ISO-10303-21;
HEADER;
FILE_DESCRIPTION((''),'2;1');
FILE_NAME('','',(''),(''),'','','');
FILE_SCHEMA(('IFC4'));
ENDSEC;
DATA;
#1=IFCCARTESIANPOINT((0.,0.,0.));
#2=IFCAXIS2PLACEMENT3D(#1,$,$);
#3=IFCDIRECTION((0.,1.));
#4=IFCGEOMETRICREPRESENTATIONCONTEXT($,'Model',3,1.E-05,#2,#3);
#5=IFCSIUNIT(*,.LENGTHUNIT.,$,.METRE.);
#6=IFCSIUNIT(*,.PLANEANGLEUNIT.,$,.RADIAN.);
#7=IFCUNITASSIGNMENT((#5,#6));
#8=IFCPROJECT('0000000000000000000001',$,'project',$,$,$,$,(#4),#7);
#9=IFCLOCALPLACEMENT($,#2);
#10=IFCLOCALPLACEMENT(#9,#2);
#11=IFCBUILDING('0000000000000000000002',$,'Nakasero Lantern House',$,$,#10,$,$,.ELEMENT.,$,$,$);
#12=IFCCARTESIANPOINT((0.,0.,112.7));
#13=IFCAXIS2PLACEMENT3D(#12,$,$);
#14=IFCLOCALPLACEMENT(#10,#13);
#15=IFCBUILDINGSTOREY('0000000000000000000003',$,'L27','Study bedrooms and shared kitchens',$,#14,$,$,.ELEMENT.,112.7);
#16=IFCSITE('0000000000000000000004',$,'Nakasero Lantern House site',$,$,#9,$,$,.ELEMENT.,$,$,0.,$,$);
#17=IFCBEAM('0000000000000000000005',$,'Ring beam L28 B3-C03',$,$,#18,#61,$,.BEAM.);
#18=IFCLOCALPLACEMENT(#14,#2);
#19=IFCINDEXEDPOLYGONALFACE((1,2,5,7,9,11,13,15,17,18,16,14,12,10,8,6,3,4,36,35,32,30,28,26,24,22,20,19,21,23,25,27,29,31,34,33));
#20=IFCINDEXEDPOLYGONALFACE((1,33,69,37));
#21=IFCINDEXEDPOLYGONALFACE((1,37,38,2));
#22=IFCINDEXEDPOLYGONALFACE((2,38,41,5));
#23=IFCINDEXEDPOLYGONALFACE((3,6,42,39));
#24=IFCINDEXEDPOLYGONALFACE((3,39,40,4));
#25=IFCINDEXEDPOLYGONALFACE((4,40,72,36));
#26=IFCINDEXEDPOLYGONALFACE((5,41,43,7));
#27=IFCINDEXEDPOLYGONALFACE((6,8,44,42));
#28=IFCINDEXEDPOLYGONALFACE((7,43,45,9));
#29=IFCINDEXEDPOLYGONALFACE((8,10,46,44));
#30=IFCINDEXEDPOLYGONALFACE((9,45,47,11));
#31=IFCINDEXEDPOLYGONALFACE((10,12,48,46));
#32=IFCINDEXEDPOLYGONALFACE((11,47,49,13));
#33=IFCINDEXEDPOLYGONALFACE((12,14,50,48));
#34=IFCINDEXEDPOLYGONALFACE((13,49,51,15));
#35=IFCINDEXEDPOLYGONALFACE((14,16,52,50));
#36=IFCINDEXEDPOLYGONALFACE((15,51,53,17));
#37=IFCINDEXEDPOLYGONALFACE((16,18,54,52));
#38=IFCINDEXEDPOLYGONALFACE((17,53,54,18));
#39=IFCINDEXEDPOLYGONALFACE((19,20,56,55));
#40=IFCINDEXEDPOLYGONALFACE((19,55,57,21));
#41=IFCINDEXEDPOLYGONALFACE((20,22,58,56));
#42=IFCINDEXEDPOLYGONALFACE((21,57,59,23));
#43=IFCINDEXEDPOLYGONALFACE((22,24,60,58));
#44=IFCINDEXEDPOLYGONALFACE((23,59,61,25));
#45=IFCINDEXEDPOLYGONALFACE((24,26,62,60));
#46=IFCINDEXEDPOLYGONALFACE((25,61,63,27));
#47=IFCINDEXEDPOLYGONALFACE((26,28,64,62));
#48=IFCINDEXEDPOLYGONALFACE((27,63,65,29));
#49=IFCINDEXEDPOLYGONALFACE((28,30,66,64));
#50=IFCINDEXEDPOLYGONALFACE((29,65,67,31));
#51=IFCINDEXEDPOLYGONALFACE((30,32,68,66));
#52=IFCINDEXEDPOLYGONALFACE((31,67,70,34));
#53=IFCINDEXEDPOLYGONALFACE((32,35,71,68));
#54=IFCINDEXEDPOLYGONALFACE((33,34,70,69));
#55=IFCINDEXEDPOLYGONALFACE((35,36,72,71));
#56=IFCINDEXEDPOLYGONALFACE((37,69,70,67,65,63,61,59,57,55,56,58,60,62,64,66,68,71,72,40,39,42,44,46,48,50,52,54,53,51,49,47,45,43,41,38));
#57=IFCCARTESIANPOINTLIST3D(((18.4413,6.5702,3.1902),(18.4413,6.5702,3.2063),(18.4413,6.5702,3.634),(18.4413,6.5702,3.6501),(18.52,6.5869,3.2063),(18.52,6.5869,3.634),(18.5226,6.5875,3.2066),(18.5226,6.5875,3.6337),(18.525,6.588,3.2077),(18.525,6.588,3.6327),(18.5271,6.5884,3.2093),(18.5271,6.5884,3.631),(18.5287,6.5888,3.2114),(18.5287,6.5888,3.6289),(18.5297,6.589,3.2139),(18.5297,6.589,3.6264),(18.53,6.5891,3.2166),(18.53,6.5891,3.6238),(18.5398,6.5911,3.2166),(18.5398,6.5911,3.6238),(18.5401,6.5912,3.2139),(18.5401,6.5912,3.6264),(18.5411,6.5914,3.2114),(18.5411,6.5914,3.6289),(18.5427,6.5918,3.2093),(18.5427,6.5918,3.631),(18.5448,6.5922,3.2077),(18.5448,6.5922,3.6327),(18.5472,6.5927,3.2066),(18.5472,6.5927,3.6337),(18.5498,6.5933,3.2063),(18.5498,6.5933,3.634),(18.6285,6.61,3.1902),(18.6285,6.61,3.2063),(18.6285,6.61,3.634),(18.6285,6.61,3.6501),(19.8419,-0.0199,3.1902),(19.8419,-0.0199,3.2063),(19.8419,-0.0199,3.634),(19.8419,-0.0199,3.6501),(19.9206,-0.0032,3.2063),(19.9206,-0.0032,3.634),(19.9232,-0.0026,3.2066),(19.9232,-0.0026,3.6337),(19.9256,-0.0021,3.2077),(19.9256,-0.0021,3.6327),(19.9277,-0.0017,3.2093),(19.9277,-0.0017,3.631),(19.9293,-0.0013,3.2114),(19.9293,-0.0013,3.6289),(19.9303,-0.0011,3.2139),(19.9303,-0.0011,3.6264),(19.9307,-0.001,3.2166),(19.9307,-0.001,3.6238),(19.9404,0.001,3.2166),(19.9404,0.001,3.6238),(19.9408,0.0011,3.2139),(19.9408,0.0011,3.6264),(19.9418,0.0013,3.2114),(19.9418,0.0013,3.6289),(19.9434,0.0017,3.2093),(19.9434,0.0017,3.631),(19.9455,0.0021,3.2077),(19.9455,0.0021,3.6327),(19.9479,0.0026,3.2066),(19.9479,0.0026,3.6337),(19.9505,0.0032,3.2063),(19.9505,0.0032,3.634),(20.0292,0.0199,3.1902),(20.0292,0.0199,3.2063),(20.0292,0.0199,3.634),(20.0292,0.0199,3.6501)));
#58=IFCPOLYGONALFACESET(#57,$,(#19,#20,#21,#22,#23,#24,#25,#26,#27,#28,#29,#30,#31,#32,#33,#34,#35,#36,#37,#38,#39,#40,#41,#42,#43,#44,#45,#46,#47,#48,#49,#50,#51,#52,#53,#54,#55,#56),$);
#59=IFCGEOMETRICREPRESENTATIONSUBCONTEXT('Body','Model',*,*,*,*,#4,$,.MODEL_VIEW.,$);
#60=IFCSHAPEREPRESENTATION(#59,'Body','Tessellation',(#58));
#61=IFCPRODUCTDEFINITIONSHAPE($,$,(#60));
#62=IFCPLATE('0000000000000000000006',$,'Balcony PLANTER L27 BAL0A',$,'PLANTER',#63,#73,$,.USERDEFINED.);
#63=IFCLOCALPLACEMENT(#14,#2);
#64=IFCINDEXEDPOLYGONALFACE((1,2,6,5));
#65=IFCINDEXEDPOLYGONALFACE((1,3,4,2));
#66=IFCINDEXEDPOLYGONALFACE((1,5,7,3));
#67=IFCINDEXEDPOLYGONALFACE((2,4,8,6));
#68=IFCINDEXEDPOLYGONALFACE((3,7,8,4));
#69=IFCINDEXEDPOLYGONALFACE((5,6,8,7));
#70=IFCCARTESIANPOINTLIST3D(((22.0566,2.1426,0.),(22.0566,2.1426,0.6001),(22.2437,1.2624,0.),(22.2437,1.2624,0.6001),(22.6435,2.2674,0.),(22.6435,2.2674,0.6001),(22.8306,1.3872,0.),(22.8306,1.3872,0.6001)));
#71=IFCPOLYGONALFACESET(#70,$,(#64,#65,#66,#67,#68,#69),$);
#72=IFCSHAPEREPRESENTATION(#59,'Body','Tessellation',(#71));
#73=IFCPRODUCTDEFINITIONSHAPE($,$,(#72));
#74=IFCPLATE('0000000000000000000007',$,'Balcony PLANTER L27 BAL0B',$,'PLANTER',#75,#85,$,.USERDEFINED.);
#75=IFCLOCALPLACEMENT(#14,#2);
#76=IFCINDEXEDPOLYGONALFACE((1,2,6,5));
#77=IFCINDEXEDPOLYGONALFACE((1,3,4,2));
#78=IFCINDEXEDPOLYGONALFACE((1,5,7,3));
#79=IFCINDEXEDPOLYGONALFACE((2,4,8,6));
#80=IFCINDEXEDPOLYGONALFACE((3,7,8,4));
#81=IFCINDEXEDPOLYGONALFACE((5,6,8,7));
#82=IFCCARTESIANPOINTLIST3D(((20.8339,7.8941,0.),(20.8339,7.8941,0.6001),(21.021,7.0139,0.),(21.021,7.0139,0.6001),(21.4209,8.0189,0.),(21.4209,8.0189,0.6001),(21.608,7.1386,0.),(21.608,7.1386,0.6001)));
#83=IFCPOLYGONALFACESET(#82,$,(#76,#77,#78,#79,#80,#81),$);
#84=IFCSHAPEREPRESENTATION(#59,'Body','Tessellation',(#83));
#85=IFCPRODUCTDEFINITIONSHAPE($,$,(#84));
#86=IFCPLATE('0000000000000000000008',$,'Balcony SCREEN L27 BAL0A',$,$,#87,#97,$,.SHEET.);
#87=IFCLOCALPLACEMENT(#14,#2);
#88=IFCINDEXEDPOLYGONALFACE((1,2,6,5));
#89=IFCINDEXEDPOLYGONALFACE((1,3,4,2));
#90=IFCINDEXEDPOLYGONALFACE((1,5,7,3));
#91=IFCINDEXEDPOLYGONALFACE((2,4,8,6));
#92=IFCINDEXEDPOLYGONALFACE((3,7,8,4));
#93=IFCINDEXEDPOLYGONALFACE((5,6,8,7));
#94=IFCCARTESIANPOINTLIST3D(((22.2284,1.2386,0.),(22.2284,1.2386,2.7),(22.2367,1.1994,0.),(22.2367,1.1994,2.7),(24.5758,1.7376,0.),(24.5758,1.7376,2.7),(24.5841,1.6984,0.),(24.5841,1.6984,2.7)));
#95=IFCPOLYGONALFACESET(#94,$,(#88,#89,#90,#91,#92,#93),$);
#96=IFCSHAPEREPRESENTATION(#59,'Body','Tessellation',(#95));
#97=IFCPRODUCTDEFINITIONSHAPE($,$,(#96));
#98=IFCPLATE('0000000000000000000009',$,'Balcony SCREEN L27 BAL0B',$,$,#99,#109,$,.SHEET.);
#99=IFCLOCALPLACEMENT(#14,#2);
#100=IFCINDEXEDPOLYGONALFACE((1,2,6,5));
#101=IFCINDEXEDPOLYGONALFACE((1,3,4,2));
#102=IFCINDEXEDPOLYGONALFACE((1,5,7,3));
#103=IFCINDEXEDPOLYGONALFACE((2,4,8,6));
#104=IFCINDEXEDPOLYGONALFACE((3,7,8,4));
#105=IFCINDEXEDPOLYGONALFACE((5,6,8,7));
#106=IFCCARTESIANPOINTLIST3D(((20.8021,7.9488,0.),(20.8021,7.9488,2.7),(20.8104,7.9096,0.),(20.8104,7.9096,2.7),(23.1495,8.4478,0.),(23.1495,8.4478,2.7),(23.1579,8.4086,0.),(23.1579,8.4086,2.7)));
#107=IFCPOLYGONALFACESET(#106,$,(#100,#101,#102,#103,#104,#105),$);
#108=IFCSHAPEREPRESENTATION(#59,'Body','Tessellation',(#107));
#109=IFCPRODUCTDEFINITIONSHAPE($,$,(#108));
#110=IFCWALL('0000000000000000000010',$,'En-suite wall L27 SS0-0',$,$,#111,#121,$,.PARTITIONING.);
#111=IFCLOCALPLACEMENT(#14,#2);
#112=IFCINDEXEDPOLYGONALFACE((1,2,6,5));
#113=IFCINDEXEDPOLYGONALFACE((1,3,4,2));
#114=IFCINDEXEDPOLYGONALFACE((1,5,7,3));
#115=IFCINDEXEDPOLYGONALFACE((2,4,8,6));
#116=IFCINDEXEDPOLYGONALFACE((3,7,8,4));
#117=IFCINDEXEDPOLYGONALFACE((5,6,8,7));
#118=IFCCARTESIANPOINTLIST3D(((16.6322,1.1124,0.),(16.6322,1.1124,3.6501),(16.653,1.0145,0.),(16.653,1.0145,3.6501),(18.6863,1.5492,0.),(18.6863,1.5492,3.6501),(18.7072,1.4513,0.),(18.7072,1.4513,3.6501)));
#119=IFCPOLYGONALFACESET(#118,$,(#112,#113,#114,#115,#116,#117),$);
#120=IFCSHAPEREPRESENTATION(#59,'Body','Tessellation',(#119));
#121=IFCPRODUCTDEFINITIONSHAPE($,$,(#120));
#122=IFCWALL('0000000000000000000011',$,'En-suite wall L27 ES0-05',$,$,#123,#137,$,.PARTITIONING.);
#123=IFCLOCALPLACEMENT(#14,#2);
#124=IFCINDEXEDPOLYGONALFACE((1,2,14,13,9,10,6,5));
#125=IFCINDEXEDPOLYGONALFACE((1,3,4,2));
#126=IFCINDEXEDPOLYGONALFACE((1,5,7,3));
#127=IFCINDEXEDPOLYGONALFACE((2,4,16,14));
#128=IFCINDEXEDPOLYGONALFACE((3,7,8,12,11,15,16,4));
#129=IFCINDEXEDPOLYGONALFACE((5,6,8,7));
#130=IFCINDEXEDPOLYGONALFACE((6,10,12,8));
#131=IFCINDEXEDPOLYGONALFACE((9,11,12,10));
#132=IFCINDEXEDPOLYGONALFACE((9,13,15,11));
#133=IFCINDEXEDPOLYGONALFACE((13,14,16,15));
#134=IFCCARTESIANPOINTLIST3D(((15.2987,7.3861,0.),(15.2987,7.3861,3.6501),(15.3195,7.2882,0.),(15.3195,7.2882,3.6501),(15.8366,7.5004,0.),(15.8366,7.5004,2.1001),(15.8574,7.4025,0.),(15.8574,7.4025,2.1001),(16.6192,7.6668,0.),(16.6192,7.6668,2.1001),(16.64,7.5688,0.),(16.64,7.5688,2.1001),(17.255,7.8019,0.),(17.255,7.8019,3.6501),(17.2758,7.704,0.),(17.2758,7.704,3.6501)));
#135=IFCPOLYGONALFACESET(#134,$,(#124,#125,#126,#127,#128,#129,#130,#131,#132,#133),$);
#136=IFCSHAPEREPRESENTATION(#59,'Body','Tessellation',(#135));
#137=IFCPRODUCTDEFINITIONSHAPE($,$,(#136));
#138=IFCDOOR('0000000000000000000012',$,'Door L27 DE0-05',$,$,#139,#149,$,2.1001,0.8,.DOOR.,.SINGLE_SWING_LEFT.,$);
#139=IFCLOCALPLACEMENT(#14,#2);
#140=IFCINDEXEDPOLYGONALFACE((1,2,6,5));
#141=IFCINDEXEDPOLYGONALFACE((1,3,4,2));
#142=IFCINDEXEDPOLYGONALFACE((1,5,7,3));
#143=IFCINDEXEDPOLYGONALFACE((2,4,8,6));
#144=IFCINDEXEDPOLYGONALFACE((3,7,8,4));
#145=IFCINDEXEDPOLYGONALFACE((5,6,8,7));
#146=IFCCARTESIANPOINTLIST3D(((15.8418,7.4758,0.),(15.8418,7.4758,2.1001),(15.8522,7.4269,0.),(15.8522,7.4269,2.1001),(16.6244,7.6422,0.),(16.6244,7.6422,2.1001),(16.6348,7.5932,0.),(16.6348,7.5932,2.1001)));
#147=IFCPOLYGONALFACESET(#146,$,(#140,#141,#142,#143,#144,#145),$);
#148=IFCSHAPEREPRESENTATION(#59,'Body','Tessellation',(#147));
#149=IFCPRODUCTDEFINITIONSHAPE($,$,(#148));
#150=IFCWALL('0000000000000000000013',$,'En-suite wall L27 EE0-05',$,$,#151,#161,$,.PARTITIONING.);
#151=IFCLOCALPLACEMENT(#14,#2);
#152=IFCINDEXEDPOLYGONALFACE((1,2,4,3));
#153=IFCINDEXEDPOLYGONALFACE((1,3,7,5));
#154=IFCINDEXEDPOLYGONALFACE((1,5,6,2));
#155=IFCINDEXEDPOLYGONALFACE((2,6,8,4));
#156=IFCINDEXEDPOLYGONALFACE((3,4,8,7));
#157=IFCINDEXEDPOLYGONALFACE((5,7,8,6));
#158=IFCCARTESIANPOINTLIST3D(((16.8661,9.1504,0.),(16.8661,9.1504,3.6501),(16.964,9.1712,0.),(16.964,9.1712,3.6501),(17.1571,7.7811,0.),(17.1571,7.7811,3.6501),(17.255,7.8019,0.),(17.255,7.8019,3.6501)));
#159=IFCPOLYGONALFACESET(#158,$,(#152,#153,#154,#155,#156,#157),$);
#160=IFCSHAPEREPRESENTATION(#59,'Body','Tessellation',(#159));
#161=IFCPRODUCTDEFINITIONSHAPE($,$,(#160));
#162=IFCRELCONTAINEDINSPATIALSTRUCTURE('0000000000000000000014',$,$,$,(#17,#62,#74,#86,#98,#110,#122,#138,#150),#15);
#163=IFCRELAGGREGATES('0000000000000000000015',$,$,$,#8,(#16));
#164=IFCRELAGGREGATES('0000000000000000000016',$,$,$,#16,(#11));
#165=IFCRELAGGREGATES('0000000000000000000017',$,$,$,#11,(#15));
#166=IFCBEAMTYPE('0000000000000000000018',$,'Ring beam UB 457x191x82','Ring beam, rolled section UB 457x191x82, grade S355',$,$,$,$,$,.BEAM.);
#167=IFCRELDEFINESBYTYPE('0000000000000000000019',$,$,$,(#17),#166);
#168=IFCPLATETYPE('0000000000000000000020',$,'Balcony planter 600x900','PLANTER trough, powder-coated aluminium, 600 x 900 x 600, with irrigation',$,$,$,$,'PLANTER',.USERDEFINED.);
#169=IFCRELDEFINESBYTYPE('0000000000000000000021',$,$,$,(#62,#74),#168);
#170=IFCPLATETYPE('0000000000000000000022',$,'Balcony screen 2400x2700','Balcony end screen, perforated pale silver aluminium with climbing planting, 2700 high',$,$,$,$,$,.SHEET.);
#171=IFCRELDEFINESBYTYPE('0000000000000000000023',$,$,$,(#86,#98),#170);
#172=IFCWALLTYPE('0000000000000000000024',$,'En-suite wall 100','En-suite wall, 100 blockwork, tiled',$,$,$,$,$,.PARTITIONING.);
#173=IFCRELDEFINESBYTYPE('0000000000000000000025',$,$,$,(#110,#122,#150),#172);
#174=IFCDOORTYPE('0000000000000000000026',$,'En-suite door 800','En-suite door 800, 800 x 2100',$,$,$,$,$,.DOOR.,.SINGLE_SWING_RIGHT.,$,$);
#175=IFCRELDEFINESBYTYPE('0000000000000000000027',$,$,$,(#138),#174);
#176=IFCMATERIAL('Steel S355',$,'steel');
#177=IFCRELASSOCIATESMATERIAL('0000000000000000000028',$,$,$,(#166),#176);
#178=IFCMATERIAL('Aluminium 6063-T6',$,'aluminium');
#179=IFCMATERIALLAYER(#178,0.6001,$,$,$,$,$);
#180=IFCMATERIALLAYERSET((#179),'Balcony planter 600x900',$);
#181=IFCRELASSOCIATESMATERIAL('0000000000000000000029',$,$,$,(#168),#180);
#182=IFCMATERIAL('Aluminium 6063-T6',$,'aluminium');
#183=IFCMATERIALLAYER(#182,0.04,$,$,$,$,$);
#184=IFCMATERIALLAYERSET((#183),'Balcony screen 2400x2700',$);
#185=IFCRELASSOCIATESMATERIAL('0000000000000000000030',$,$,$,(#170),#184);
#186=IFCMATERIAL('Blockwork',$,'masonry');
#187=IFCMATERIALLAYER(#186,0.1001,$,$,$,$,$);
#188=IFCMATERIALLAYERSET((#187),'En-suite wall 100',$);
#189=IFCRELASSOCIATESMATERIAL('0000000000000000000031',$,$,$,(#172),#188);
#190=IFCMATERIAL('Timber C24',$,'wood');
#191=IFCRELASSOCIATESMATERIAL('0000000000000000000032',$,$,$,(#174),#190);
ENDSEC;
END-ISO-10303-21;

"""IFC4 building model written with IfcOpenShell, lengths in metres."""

from ifc_helpers import new_model, si_unit, direction, frame, frame_2d, origin, origin_2d, place, context, subcontext, project, spatial, rectangle, i_section, extrude, material, layer, layer_set, material_profile, profile_set, type_object, element, fill, save


model = new_model("IFC4")

# Units and contexts
model_context = context("Model", 3, precision=1e-05, world=origin(), true_north=direction((0.0, 1.0)))
body_context = subcontext(model_context, "Body", "Model", "MODEL_VIEW")
ifc_project = project(units=[si_unit("LENGTHUNIT", "METRE"), si_unit("PLANEANGLEUNIT", "RADIAN")], contexts=[model_context])

# Site, building, storey
site_placement = place(None, origin())
site = spatial("IfcSite", under=ifc_project, at=site_placement, Name="Nakasero Lantern House site", CompositionType="ELEMENT", RefElevation=0.0)
building_placement = place(site_placement, origin())
building = spatial("IfcBuilding", under=site, at=building_placement, Name="Nakasero Lantern House", CompositionType="ELEMENT")
storey_placement = place(building_placement, frame((0.0, 0.0, 112.7)))
storey = spatial("IfcBuildingStorey", under=building, at=storey_placement, Name="L27", Description="Study bedrooms and shared kitchens", CompositionType="ELEMENT", Elevation=112.7)

# Beam
ifc_material_1 = material(Name="Steel S355", Category="steel")
ifc_material_profile_1 = material_profile(ifc_material_1, i_section(OverallWidth=0.1914, OverallDepth=0.46, WebThickness=0.01, FlangeThickness=0.0161, FilletRadius=0.0103, at=origin_2d()), Name="UB 457x191x82")
ifc_profile_set_1 = profile_set([ifc_material_profile_1], Name="Steel S355")
beam_type_1 = type_object("IfcBeamType", Name="Ring beam UB 457x191x82", Description="Ring beam, rolled section UB 457x191x82, grade S355", PredefinedType="BEAM", material=ifc_profile_set_1)
beam_1_placement = place(storey_placement, frame((19.9355, 0.0, 3.4202), z_axis=(-0.207893, 0.978152, 0.0), x_axis=(-0.978152, -0.207893, 0.0)))
element("IfcBeam", 1, at=beam_1_placement, inside=storey, type_object=beam_type_1, Name="Ring beam L28 B3-C03", PredefinedType="BEAM", context=body_context, shape_type="SweptSolid", body=[
    extrude(i_section(OverallWidth=0.1914, OverallDepth=0.46, WebThickness=0.01, FlangeThickness=0.0161, FilletRadius=0.0103, at=origin_2d()), origin(), (0.0, 0.0, 1.0), 6.7373),
])

# Plates
ifc_material_2 = material(Name="Aluminium 6063-T6", Category="aluminium")
ifc_layer_1 = layer(ifc_material_2, 0.6001)
ifc_layer_set_1 = layer_set([ifc_layer_1], Name="Balcony planter 600x900")
plate_type_1 = type_object("IfcPlateType", Name="Balcony planter 600x900", Description="PLANTER trough, powder-coated aluminium, 600 x 900 x 600, with irrigation", ElementType="PLANTER", PredefinedType="USERDEFINED", material=ifc_layer_set_1)
for number, where, z_axis, x_axis, name in (
    (2, (22.4436, 1.7649, 0.0), (0.0, 0.0, 1.0), (0.978148, 0.207912, 0.0), "Balcony PLANTER L27 BAL0A"),
    (3, (21.2209, 7.5164, 0.0), (0.0, 0.0, 1.0), (0.978148, 0.207912, 0.0), "Balcony PLANTER L27 BAL0B"),
):
    element("IfcPlate", number, at=place(storey_placement, frame(where, z_axis=z_axis, x_axis=x_axis)), inside=storey, type_object=plate_type_1, Name=name, ObjectType="PLANTER", PredefinedType="USERDEFINED", context=body_context, shape_type="SweptSolid", body=[
        extrude(rectangle(XDim=0.6001, YDim=0.8999, at=origin_2d()), origin(), (0.0, 0.0, 1.0), 0.6001),
    ])
ifc_material_3 = material(Name="Aluminium 6063-T6", Category="aluminium")
ifc_layer_2 = layer(ifc_material_3, 0.04)
ifc_layer_set_2 = layer_set([ifc_layer_2], Name="Balcony screen 2400x2700")
plate_type_2 = type_object("IfcPlateType", Name="Balcony screen 2400x2700", Description="Balcony end screen, perforated pale silver aluminium with climbing planting, 2700 high", PredefinedType="SHEET", material=ifc_layer_set_2)
for number, where, z_axis, x_axis, name in (
    (4, (23.4062, 1.4685, 0.0), (0.0, 0.0, 1.0), (0.978148, 0.207912, 0.0), "Balcony SCREEN L27 BAL0A"),
    (5, (21.98, 8.1787, 0.0), (0.0, 0.0, 1.0), (0.978148, 0.207912, 0.0), "Balcony SCREEN L27 BAL0B"),
):
    element("IfcPlate", number, at=place(storey_placement, frame(where, z_axis=z_axis, x_axis=x_axis)), inside=storey, type_object=plate_type_2, Name=name, PredefinedType="SHEET", context=body_context, shape_type="SweptSolid", body=[
        extrude(rectangle(XDim=2.3999, YDim=0.04, at=origin_2d()), origin(), (0.0, 0.0, 1.0), 2.7),
    ])

# Wall
ifc_material_4 = material(Name="Blockwork", Category="masonry")
ifc_layer_3 = layer(ifc_material_4, 0.1001)
ifc_layer_set_3 = layer_set([ifc_layer_3], Name="En-suite wall 100")
wall_type_1 = type_object("IfcWallType", Name="En-suite wall 100", Description="En-suite wall, 100 blockwork, tiled", PredefinedType="PARTITIONING", material=ifc_layer_set_3)
wall_1_placement = place(storey_placement, frame((16.6426, 1.0635, 0.0), z_axis=(0.0, 0.0, 1.0), x_axis=(0.978135, 0.207973, 0.0)))
element("IfcWall", 6, at=wall_1_placement, inside=storey, type_object=wall_type_1, Name="En-suite wall L27 SS0-0", PredefinedType="PARTITIONING", context=body_context, shape_type="SweptSolid", body=[
    extrude(rectangle(XDim=2.1001, YDim=0.1001, at=frame_2d((1.05, 0.0))), origin(), (0.0, 0.0, 1.0), 3.6501),
])

# Wall, opening, door
wall_2_placement = place(storey_placement, frame((15.3091, 7.3372, 0.0), z_axis=(0.0, 0.0, 1.0), x_axis=(0.978153, 0.207886, 0.0)))
wall_2 = element("IfcWall", 7, at=wall_2_placement, inside=storey, type_object=wall_type_1, Name="En-suite wall L27 ES0-05", PredefinedType="PARTITIONING", context=body_context, shape_type="SweptSolid", body=[
    extrude(rectangle(XDim=2.0, YDim=0.1001, at=frame_2d((1.0, 0.0))), origin(), (0.0, 0.0, 1.0), 3.6501),
])
opening_1_placement = place(wall_2_placement, frame((0.55, 0.0, 0.0)))
opening_1 = element("IfcOpeningElement", 8, at=opening_1_placement, cuts=wall_2, PredefinedType="OPENING", context=body_context, shape_type="SweptSolid", body=[
    extrude(rectangle(XDim=0.8, YDim=2.1001, at=frame_2d((0.3999, 1.05))), frame((0.0, 0.0701, 0.0), z_axis=(0.0, -1.0, 0.0), x_axis=(1.0, 0.0, 0.0)), (0.0, 0.0, 1.0), 0.1401),
])
ifc_material_5 = material(Name="Timber C24", Category="wood")
door_type = type_object("IfcDoorType", Name="En-suite door 800", Description="En-suite door 800, 800 x 2100", OperationType="SINGLE_SWING_RIGHT", PredefinedType="DOOR", material=ifc_material_5)
door_1_placement = place(opening_1_placement, origin())
door_1 = element("IfcDoor", 9, at=door_1_placement, inside=storey, type_object=door_type, Name="Door L27 DE0-05", OperationType="SINGLE_SWING_LEFT", OverallHeight=2.1001, OverallWidth=0.8, PredefinedType="DOOR", context=body_context, shape_type="SweptSolid", body=[
    extrude(rectangle(XDim=0.8, YDim=2.1001, at=frame_2d((0.3999, 1.05))), frame((0.0, 0.0249, 0.0), z_axis=(0.0, -1.0, 0.0), x_axis=(1.0, 0.0, 0.0)), (0.0, 0.0, 1.0), 0.05),
])
fill(opening_1, door_1)

# Wall
wall_3_placement = place(storey_placement, frame((17.2061, 7.7915, 0.0), z_axis=(0.0, 0.0, 1.0), x_axis=(-0.207873, 0.978156, 0.0)))
element("IfcWall", 10, at=wall_3_placement, inside=storey, type_object=wall_type_1, Name="En-suite wall L27 EE0-05", PredefinedType="PARTITIONING", context=body_context, shape_type="SweptSolid", body=[
    extrude(rectangle(XDim=1.3999, YDim=0.1001, at=frame_2d((0.7, 0.0))), origin(), (0.0, 0.0, 1.0), 3.6501),
])

save(model, "model.ifc")
